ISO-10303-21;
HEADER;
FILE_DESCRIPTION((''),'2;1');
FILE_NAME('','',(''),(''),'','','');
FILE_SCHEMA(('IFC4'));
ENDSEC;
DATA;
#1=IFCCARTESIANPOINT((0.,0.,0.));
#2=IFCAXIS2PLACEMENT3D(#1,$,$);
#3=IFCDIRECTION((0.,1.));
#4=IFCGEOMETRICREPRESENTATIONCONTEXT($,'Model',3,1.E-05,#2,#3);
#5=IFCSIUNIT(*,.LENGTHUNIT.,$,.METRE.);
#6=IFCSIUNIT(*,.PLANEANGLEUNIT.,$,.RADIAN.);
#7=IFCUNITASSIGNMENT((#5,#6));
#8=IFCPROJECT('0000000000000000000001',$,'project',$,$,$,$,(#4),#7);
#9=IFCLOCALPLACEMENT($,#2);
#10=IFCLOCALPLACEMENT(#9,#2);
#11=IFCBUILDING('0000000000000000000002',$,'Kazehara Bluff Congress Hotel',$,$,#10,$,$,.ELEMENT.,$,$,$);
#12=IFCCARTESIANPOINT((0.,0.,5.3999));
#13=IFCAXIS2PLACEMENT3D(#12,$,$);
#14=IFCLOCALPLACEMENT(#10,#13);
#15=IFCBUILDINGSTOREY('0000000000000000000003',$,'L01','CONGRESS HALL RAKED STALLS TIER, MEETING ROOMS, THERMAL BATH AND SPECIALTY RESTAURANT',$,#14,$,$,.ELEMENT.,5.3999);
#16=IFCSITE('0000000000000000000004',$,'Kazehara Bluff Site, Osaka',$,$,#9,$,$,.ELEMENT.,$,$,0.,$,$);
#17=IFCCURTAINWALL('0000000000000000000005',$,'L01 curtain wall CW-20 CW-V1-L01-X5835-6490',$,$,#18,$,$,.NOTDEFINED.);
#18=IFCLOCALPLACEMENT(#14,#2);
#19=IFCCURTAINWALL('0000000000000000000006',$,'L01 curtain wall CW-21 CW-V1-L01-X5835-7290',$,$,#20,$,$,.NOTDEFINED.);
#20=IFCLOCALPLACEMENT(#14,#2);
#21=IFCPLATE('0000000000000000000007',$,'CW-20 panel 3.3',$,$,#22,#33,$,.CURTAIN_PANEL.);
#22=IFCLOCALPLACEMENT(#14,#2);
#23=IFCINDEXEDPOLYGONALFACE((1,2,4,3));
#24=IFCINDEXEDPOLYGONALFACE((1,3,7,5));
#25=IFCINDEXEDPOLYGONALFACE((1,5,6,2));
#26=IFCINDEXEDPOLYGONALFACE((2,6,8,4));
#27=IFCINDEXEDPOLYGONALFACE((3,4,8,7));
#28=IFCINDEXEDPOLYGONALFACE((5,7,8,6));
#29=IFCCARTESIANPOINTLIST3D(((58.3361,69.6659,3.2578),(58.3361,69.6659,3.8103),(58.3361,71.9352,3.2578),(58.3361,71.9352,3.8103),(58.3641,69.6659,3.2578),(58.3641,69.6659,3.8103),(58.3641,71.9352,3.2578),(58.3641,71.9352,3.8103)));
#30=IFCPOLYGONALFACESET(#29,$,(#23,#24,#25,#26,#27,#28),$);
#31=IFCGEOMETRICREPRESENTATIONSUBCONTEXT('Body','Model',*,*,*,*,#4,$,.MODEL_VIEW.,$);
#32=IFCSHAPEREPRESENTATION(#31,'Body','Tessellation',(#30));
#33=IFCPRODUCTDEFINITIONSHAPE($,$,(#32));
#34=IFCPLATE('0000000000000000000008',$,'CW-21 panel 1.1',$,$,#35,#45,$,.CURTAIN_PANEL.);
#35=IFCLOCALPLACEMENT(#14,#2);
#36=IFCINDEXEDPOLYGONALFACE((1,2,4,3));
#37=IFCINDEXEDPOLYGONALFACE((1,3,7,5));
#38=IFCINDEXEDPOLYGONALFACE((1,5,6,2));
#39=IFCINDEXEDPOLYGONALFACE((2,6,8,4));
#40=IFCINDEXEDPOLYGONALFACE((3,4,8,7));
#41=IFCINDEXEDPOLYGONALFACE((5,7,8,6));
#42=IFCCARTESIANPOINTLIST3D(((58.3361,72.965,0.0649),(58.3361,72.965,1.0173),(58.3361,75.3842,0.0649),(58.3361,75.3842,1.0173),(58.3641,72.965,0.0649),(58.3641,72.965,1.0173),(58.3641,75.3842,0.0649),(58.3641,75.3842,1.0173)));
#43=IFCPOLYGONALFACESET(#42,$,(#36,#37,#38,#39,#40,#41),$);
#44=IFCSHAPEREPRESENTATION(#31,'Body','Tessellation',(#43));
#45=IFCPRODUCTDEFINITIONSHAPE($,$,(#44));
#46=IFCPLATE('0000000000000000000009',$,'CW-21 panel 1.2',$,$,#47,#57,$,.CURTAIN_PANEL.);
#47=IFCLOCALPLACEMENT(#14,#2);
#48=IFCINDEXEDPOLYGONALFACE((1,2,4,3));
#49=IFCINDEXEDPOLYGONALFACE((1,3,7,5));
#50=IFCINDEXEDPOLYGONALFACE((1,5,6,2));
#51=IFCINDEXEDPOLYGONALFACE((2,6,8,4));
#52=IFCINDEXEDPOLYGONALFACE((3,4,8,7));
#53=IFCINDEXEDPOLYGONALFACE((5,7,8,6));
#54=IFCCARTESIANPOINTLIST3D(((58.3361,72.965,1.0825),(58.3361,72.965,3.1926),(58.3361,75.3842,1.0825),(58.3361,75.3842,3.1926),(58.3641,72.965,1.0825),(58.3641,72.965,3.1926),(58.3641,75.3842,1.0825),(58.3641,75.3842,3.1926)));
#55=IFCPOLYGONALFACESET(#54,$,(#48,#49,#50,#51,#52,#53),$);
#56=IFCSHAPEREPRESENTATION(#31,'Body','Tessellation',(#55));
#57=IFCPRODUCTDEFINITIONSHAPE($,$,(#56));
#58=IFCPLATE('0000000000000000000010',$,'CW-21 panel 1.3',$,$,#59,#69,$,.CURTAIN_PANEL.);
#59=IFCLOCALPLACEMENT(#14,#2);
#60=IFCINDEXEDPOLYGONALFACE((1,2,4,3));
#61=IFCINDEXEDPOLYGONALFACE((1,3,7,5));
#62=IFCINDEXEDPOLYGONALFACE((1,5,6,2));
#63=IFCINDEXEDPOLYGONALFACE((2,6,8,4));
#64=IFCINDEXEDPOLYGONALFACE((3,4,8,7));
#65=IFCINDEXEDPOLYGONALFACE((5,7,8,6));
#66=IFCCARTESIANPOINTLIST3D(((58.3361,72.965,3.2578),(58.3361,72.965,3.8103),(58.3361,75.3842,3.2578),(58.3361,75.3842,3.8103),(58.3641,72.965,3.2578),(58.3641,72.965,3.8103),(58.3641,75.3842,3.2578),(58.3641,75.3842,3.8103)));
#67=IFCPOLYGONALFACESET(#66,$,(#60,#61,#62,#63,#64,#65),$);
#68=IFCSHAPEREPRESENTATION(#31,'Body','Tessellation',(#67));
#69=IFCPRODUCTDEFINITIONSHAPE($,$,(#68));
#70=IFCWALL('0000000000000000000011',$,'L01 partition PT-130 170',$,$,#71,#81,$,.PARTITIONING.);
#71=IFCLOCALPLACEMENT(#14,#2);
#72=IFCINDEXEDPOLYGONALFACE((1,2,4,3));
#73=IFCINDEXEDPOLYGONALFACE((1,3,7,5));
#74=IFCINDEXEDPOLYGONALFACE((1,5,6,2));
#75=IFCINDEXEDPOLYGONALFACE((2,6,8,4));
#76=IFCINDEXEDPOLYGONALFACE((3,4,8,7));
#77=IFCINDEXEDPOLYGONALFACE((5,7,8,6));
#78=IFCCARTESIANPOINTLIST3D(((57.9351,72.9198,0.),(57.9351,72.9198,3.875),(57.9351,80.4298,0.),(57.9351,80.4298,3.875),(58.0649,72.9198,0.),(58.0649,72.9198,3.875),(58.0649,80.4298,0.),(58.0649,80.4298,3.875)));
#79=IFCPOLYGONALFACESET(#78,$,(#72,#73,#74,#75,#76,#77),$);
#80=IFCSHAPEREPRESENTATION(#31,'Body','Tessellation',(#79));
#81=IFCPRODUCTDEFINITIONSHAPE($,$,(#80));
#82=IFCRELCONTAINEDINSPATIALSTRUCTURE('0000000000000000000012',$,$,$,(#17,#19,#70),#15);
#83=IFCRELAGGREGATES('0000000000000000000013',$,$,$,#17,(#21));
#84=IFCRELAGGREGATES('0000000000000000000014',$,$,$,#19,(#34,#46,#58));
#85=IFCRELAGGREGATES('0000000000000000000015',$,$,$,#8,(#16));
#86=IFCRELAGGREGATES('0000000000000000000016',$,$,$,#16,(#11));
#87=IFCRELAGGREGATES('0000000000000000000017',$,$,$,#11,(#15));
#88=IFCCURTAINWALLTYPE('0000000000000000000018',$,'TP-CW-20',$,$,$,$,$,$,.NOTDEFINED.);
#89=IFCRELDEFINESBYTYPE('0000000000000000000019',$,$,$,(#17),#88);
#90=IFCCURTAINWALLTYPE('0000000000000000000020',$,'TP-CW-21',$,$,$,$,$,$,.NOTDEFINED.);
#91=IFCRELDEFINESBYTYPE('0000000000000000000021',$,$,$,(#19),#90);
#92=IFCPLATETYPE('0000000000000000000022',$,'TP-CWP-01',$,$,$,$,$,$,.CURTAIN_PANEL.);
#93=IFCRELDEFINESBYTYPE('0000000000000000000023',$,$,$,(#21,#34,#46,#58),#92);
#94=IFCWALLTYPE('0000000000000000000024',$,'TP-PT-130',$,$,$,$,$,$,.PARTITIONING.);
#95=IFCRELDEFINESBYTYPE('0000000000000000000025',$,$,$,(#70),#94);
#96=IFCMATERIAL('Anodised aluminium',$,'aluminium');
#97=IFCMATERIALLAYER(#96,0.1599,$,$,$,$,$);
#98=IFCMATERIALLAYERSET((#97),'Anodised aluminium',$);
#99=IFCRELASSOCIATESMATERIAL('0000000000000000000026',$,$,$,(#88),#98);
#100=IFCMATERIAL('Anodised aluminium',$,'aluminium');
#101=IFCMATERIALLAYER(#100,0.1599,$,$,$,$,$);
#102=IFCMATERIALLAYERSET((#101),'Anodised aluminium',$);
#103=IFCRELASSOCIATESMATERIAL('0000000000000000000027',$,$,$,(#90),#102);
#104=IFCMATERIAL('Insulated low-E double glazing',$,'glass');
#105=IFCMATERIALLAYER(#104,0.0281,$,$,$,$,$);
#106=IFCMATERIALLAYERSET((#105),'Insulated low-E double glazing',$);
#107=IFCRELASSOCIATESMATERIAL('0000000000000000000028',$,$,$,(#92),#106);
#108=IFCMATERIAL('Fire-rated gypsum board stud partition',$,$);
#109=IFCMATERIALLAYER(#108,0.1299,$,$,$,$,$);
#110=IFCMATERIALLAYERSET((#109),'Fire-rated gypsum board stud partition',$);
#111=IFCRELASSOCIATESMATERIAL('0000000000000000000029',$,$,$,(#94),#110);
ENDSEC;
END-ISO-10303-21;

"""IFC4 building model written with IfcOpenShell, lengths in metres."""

from ifc_helpers import new_model, si_unit, direction, frame, frame_2d, origin, origin_2d, place, context, subcontext, project, spatial, rectangle, extrude, material, layer, layer_set, type_object, element, aggregate, save


model = new_model("IFC4")

# Units and contexts
model_context = context("Model", 3, precision=1e-05, world=origin(), true_north=direction((0.0, 1.0)))
body_context = subcontext(model_context, "Body", "Model", "MODEL_VIEW")
ifc_project = project(units=[si_unit("LENGTHUNIT", "METRE"), si_unit("PLANEANGLEUNIT", "RADIAN")], contexts=[model_context])

# Site, building, storey
site_placement = place(None, origin())
site = spatial("IfcSite", under=ifc_project, at=site_placement, Name="Kazehara Bluff Site, Osaka", CompositionType="ELEMENT", RefElevation=0.0)
building_placement = place(site_placement, origin())
building = spatial("IfcBuilding", under=site, at=building_placement, Name="Kazehara Bluff Congress Hotel", CompositionType="ELEMENT")
storey_placement = place(building_placement, frame((0.0, 0.0, 5.3999)))
storey = spatial("IfcBuildingStorey", under=building, at=storey_placement, Name="L01", Description="CONGRESS HALL RAKED STALLS TIER, MEETING ROOMS, THERMAL BATH AND SPECIALTY RESTAURANT", CompositionType="ELEMENT", Elevation=5.3999)

# Curtain walls
ifc_material_1 = material(Name="Anodised aluminium", Category="aluminium")
ifc_layer_1 = layer(ifc_material_1, 0.1599)
ifc_layer_set_1 = layer_set([ifc_layer_1], Name="Anodised aluminium")
curtain_wall_type_1 = type_object("IfcCurtainWallType", Name="TP-CW-20", PredefinedType="NOTDEFINED", material=ifc_layer_set_1)
curtain_wall_1_placement = place(storey_placement, origin())
curtain_wall_1 = element("IfcCurtainWall", 1, at=curtain_wall_1_placement, inside=storey, type_object=curtain_wall_type_1, Name="L01 curtain wall CW-20 CW-V1-L01-X5835-6490", PredefinedType="NOTDEFINED")
ifc_material_2 = material(Name="Anodised aluminium", Category="aluminium")
ifc_layer_2 = layer(ifc_material_2, 0.1599)
ifc_layer_set_2 = layer_set([ifc_layer_2], Name="Anodised aluminium")
curtain_wall_type_2 = type_object("IfcCurtainWallType", Name="TP-CW-21", PredefinedType="NOTDEFINED", material=ifc_layer_set_2)
curtain_wall_2_placement = place(storey_placement, origin())
curtain_wall_2 = element("IfcCurtainWall", 2, at=curtain_wall_2_placement, inside=storey, type_object=curtain_wall_type_2, Name="L01 curtain wall CW-21 CW-V1-L01-X5835-7290", PredefinedType="NOTDEFINED")

# Plates
ifc_material_3 = material(Name="Insulated low-E double glazing", Category="glass")
ifc_layer_3 = layer(ifc_material_3, 0.0281)
ifc_layer_set_3 = layer_set([ifc_layer_3], Name="Insulated low-E double glazing")
plate_type = type_object("IfcPlateType", Name="TP-CWP-01", PredefinedType="CURTAIN_PANEL", material=ifc_layer_set_3)
plate_1_placement = place(storey_placement, frame((58.3501, 70.8005, 3.2578), z_axis=(0.0, 0.0, 1.0), x_axis=(0.0, 1.0, 0.0)))
plate_1 = element("IfcPlate", 3, at=plate_1_placement, type_object=plate_type, Name="CW-20 panel 3.3", PredefinedType="CURTAIN_PANEL", context=body_context, shape_type="SweptSolid", body=[
    extrude(rectangle(XDim=2.2693, YDim=0.0281, at=origin_2d()), origin(), (0.0, 0.0, 1.0), 0.5525),
])
aggregate(curtain_wall_1, [plate_1])
plate_2_placement = place(storey_placement, frame((58.3501, 74.1746, 0.0649), z_axis=(0.0, 0.0, 1.0), x_axis=(0.0, 1.0, 0.0)))
plate_2 = element("IfcPlate", 4, at=plate_2_placement, type_object=plate_type, Name="CW-21 panel 1.1", PredefinedType="CURTAIN_PANEL", context=body_context, shape_type="SweptSolid", body=[
    extrude(rectangle(XDim=2.4192, YDim=0.0281, at=origin_2d()), origin(), (0.0, 0.0, 1.0), 0.9524),
])
plate_3_placement = place(storey_placement, frame((58.3501, 74.1746, 1.0825), z_axis=(0.0, 0.0, 1.0), x_axis=(0.0, 1.0, 0.0)))
plate_3 = element("IfcPlate", 5, at=plate_3_placement, type_object=plate_type, Name="CW-21 panel 1.2", PredefinedType="CURTAIN_PANEL", context=body_context, shape_type="SweptSolid", body=[
    extrude(rectangle(XDim=2.4192, YDim=0.0281, at=origin_2d()), origin(), (0.0, 0.0, 1.0), 2.1101),
])
plate_4_placement = place(storey_placement, frame((58.3501, 74.1746, 3.2578), z_axis=(0.0, 0.0, 1.0), x_axis=(0.0, 1.0, 0.0)))
plate_4 = element("IfcPlate", 6, at=plate_4_placement, type_object=plate_type, Name="CW-21 panel 1.3", PredefinedType="CURTAIN_PANEL", context=body_context, shape_type="SweptSolid", body=[
    extrude(rectangle(XDim=2.4192, YDim=0.0281, at=origin_2d()), origin(), (0.0, 0.0, 1.0), 0.5525),
])
aggregate(curtain_wall_2, [plate_2, plate_3, plate_4])

# Wall
ifc_material_4 = material(Name="Fire-rated gypsum board stud partition")
ifc_layer_4 = layer(ifc_material_4, 0.1299)
ifc_layer_set_4 = layer_set([ifc_layer_4], Name="Fire-rated gypsum board stud partition")
wall_type = type_object("IfcWallType", Name="TP-PT-130", PredefinedType="PARTITIONING", material=ifc_layer_set_4)
wall_placement = place(storey_placement, frame((58.0, 72.9199, 0.0), z_axis=(0.0, 0.0, 1.0), x_axis=(0.0, 1.0, 0.0)))
element("IfcWall", 7, at=wall_placement, inside=storey, type_object=wall_type, Name="L01 partition PT-130 170", PredefinedType="PARTITIONING", context=body_context, shape_type="SweptSolid", body=[
    extrude(rectangle(XDim=7.51, YDim=0.1299, at=frame_2d((3.7549, 0.0))), origin(), (0.0, 0.0, 1.0), 3.875),
])

save(model, "model.ifc")
